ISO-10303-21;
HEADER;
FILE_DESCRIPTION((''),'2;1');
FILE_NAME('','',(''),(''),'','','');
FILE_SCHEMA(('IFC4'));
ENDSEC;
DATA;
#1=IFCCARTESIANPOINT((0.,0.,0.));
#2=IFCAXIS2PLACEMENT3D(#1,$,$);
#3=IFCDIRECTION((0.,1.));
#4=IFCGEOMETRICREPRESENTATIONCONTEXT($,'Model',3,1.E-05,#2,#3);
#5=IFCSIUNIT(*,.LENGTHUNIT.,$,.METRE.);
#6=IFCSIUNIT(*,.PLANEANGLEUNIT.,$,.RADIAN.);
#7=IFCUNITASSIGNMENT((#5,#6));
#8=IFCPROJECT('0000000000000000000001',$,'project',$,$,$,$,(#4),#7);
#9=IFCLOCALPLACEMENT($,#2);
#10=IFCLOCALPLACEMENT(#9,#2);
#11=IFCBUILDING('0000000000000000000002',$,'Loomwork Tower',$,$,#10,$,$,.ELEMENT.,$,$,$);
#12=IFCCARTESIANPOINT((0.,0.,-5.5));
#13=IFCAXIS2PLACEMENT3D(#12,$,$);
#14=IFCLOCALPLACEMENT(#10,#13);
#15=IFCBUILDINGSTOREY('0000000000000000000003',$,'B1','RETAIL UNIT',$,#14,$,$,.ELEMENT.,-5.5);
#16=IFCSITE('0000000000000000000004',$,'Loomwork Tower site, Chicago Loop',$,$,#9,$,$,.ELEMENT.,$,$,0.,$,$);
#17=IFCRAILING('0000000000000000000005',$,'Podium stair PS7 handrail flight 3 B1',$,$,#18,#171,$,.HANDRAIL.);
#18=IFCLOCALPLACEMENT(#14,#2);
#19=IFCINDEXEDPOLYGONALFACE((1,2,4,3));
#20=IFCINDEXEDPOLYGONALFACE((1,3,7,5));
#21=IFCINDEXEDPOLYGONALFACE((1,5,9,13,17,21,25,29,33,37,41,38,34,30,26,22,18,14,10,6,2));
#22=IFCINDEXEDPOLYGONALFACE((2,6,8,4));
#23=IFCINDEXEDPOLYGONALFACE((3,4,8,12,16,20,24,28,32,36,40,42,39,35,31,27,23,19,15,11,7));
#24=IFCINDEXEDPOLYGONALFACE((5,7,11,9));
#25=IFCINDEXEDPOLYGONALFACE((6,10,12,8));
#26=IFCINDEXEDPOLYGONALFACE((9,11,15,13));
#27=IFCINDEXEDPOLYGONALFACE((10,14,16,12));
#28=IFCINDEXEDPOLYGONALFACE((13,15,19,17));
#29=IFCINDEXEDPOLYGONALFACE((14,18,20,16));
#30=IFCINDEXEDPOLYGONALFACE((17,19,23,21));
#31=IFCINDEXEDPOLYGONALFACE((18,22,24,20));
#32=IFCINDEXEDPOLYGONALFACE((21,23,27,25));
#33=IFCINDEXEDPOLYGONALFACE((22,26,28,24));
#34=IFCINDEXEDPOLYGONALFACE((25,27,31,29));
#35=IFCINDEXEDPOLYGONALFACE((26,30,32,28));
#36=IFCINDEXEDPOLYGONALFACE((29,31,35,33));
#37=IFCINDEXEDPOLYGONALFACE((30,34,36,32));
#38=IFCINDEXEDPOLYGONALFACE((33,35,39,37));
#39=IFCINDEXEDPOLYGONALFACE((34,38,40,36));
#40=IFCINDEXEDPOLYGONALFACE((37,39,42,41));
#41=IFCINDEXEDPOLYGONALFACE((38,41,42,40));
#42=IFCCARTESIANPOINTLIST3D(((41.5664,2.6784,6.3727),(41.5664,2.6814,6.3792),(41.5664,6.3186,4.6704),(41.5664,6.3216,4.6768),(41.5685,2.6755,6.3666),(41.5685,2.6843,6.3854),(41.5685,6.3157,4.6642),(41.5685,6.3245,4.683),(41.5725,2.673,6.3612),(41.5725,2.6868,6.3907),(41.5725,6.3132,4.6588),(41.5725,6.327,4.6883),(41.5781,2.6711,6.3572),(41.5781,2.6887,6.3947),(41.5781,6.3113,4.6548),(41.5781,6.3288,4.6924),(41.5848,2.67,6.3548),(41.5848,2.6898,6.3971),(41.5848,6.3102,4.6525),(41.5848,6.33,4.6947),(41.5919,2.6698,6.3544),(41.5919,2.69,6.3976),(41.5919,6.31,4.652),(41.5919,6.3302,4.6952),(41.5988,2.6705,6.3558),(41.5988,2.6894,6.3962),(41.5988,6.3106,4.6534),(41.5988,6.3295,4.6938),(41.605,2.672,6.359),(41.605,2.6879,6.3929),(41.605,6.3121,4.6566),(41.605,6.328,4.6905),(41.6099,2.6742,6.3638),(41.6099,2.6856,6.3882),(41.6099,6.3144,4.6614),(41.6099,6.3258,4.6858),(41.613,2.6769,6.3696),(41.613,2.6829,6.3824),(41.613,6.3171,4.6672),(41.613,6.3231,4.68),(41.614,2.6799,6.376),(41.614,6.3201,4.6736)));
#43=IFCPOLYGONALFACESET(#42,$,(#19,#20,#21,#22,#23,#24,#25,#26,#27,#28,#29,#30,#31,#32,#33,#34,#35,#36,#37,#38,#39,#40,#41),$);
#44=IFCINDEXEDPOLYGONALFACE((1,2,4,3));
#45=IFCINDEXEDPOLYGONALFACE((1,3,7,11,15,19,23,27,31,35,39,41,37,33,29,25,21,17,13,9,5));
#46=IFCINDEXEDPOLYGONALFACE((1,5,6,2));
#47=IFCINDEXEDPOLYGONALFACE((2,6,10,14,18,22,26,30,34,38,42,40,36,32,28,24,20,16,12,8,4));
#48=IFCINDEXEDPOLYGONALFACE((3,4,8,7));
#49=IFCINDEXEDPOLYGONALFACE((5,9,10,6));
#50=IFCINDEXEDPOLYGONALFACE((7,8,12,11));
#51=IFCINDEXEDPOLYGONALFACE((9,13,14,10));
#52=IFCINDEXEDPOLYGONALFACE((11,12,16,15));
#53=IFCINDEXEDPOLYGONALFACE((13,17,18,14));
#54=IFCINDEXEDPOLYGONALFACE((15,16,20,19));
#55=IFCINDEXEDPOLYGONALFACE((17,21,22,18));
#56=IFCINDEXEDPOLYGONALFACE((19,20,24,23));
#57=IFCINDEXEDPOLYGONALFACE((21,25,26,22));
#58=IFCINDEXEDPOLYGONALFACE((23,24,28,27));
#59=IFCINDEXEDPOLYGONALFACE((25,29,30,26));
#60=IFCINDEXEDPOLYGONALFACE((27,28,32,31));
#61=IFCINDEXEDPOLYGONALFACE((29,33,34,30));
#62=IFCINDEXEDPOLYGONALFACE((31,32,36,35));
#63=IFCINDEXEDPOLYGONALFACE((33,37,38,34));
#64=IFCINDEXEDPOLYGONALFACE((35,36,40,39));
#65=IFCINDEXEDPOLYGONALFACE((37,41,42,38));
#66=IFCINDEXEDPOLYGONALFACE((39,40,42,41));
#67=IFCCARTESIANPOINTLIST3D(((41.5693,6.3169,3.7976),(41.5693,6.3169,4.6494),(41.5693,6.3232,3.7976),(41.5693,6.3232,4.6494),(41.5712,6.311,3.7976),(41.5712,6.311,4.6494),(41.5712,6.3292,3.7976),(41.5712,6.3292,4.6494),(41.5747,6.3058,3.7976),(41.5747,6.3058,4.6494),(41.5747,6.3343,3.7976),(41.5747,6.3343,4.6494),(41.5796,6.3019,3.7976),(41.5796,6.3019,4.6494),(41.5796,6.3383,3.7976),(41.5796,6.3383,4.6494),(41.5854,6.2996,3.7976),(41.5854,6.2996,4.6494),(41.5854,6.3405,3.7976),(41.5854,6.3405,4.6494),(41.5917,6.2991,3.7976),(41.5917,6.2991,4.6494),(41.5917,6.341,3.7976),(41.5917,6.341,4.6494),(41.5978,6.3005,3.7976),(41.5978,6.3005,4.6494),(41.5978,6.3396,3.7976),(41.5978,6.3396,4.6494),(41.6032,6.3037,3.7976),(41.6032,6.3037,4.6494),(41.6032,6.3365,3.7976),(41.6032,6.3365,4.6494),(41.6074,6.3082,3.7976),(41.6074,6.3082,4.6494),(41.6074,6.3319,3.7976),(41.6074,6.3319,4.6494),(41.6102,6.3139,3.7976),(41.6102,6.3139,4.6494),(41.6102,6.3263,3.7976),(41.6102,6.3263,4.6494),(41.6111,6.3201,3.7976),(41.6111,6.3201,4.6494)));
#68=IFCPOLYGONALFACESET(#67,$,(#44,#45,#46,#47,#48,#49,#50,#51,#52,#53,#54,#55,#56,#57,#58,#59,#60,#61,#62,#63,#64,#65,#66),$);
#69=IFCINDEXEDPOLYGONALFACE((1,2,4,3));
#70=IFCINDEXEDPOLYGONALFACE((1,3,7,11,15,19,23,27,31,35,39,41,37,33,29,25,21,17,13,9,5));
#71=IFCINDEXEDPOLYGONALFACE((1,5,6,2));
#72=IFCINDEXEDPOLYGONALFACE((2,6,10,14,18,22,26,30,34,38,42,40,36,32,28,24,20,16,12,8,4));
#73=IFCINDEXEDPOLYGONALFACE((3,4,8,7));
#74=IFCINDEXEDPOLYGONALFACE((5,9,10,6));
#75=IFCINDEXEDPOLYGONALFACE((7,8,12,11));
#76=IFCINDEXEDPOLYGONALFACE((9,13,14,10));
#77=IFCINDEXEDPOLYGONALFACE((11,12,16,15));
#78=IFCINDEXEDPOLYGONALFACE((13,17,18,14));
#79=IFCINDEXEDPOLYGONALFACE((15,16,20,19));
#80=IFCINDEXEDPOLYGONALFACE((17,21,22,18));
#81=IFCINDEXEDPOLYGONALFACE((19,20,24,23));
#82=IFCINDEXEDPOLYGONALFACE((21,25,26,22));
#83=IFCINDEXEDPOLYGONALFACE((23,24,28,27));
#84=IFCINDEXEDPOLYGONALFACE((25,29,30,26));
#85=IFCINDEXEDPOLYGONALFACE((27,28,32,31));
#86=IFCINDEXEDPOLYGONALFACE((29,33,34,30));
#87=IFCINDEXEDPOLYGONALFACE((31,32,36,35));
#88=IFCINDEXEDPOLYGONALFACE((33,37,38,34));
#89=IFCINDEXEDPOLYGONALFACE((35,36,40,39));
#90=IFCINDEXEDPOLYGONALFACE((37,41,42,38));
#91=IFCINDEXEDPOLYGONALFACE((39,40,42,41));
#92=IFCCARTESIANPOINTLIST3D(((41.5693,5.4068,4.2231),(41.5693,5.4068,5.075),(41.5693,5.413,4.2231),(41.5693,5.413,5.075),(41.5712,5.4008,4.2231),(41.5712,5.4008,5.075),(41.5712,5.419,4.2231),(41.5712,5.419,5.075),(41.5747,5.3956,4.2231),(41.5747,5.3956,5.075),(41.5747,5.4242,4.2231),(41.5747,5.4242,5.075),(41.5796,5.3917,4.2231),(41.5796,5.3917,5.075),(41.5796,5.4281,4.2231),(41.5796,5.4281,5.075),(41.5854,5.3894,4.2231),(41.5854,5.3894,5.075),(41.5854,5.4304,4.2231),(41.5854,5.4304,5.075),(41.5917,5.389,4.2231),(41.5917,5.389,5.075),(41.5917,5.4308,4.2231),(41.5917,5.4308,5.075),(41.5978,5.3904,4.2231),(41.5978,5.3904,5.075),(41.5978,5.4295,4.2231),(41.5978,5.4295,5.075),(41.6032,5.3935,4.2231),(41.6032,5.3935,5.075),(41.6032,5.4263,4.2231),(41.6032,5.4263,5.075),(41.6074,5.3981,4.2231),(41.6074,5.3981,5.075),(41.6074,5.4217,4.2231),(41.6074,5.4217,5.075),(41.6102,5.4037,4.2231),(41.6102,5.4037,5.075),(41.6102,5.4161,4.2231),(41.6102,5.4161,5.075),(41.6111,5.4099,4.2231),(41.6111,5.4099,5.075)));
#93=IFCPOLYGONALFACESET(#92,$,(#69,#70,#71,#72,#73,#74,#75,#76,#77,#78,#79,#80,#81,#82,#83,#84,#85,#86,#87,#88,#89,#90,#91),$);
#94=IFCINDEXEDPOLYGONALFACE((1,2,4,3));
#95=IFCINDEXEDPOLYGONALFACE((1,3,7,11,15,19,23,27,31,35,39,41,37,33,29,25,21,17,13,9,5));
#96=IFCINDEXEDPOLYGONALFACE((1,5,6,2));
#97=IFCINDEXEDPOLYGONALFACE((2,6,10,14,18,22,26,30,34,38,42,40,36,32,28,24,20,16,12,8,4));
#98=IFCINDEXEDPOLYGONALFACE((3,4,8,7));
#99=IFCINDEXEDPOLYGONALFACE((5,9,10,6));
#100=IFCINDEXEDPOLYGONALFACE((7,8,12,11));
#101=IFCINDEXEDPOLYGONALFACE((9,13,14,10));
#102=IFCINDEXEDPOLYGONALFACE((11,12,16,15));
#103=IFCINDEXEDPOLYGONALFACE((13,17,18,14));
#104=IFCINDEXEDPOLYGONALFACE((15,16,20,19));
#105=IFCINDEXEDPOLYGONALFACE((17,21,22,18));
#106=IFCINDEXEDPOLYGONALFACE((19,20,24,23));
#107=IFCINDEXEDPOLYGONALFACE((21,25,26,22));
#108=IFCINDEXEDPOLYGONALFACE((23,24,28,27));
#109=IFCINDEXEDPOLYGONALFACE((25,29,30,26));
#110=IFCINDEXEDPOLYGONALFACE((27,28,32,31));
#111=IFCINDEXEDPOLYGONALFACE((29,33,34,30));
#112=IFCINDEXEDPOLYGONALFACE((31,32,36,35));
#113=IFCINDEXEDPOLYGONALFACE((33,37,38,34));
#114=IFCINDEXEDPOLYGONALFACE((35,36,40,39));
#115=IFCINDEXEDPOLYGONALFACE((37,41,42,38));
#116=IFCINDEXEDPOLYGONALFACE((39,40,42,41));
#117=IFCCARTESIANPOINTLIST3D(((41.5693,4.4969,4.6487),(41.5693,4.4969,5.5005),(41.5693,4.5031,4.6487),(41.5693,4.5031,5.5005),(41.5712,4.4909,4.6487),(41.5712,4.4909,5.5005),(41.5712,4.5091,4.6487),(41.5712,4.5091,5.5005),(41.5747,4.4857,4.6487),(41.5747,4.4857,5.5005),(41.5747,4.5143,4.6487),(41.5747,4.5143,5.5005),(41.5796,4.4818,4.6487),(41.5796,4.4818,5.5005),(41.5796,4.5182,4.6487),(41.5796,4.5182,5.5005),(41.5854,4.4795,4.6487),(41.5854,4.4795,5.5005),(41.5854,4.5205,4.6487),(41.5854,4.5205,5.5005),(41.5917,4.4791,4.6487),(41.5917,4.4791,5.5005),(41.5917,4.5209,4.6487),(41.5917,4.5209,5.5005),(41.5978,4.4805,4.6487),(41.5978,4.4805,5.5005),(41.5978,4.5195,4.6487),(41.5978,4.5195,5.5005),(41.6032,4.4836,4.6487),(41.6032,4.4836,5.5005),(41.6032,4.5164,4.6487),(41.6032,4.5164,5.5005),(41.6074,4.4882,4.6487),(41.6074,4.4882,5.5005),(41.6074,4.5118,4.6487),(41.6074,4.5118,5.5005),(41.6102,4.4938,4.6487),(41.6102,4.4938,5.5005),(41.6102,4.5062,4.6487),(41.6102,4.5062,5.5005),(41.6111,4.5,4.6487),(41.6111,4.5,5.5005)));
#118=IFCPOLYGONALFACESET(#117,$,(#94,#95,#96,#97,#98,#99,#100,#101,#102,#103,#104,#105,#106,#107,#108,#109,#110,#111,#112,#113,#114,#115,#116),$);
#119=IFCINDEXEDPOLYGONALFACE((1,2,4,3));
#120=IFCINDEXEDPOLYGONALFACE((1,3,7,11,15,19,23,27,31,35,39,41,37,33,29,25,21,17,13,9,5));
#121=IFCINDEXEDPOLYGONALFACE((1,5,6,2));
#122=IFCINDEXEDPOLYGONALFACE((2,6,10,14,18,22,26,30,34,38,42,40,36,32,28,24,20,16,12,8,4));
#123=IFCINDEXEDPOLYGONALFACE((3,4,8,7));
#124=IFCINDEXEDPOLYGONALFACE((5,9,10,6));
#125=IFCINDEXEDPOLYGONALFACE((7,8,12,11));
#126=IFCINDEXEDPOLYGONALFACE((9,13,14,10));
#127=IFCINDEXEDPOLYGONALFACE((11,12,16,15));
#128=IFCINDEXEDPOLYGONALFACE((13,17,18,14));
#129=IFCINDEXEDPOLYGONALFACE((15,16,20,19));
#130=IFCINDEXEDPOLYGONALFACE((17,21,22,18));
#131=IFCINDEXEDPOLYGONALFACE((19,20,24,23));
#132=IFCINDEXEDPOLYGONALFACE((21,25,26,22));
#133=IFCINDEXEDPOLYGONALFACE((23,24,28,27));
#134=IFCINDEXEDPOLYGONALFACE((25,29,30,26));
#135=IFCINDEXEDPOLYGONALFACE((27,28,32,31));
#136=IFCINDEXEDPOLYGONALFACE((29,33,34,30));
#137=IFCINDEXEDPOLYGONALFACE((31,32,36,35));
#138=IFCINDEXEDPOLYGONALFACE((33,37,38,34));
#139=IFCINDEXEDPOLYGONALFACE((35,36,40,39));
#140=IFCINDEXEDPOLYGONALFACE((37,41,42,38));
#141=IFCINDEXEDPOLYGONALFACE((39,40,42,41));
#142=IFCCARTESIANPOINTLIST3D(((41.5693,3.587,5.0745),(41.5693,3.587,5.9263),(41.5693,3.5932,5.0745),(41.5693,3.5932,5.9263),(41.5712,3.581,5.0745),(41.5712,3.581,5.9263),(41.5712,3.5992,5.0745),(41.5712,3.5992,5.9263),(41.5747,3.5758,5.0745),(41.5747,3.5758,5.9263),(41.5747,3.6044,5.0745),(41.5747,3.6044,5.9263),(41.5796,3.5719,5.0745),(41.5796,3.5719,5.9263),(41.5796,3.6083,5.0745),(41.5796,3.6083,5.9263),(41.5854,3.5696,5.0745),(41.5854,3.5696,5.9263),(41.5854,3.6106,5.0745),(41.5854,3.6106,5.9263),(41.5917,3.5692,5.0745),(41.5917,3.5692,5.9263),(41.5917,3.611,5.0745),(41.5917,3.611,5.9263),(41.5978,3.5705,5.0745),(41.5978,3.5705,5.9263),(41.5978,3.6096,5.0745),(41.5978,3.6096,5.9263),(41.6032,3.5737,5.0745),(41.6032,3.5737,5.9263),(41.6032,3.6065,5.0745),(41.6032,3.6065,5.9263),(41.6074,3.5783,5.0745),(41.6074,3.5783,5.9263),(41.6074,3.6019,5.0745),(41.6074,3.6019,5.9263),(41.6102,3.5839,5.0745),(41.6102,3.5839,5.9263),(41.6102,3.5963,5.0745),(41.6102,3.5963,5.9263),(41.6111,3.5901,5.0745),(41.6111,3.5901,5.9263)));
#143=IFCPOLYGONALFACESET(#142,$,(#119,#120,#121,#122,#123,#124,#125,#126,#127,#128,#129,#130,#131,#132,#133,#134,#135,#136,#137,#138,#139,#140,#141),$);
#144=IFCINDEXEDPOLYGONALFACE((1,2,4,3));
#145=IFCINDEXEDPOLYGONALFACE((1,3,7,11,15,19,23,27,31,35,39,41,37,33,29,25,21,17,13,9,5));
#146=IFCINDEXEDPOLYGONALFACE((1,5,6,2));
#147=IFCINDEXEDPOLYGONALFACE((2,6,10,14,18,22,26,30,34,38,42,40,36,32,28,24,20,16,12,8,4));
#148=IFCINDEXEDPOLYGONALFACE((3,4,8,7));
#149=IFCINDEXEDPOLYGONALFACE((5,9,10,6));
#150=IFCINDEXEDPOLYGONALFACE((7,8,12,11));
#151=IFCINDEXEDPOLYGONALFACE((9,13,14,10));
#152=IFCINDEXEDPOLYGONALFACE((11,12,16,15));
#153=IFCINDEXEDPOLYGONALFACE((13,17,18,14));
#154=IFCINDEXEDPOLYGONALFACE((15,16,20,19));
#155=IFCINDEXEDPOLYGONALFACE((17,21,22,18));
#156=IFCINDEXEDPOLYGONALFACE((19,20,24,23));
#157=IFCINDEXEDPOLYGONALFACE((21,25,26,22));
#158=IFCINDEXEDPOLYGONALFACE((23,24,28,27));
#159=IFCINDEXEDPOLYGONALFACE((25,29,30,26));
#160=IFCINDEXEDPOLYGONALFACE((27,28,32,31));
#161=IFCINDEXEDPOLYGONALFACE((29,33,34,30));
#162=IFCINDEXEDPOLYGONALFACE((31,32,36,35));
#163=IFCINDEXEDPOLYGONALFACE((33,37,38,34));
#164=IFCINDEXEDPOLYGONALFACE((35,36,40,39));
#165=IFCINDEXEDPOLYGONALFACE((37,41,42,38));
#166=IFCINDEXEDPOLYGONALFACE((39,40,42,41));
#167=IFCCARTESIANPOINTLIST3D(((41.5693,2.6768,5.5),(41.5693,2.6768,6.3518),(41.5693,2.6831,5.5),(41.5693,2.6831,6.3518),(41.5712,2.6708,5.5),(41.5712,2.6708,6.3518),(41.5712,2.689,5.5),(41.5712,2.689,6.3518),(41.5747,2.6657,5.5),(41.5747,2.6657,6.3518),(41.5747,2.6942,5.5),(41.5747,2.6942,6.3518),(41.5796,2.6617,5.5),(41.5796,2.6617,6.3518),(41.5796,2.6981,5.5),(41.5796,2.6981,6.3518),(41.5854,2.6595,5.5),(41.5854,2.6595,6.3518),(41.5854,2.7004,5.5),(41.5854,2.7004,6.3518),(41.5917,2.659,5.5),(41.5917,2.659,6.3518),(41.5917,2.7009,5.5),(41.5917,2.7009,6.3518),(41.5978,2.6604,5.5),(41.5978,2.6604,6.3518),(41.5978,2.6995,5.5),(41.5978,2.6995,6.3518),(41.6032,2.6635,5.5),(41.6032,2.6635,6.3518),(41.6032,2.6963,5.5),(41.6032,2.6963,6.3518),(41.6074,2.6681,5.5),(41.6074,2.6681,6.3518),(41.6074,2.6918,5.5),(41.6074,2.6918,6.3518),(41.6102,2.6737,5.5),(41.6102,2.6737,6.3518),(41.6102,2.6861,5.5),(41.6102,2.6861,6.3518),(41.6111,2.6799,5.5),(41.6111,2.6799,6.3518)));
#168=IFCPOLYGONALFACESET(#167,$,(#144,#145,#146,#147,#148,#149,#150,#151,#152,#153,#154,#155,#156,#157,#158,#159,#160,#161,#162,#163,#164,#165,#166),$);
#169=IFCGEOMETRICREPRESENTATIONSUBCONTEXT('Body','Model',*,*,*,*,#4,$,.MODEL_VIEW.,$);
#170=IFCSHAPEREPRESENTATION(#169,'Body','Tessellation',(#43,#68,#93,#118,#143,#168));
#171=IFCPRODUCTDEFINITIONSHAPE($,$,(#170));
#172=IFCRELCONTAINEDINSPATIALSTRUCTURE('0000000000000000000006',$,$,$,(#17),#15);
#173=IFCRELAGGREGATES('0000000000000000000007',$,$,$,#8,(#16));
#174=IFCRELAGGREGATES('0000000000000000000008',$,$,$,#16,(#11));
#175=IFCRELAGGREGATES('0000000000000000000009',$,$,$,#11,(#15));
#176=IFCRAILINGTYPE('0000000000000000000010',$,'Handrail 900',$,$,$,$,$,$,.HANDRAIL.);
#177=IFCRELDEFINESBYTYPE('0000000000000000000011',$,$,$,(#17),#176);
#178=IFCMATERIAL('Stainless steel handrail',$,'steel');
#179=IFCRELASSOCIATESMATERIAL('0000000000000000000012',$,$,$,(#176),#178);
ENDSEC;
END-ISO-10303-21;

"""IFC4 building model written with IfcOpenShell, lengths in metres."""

from ifc_helpers import new_model, si_unit, direction, frame, origin, origin_2d, place, context, subcontext, project, spatial, circle, extrude, material, type_object, element, save


model = new_model("IFC4")

# Units and contexts
model_context = context("Model", 3, precision=1e-05, world=origin(), true_north=direction((0.0, 1.0)))
body_context = subcontext(model_context, "Body", "Model", "MODEL_VIEW")
ifc_project = project(units=[si_unit("LENGTHUNIT", "METRE"), si_unit("PLANEANGLEUNIT", "RADIAN")], contexts=[model_context])

# Site, building, storey
site_placement = place(None, origin())
site = spatial("IfcSite", under=ifc_project, at=site_placement, Name="Loomwork Tower site, Chicago Loop", CompositionType="ELEMENT", RefElevation=0.0)
building_placement = place(site_placement, origin())
building = spatial("IfcBuilding", under=site, at=building_placement, Name="Loomwork Tower", CompositionType="ELEMENT")
storey_placement = place(building_placement, frame((0.0, 0.0, -5.5)))
storey = spatial("IfcBuildingStorey", under=building, at=storey_placement, Name="B1", Description="RETAIL UNIT", CompositionType="ELEMENT", Elevation=-5.5)

# Railing
ifc_material_1 = material(Name="Stainless steel handrail", Category="steel")
railing_type = type_object("IfcRailingType", Name="Handrail 900", PredefinedType="HANDRAIL", material=ifc_material_1)
railing_1_placement = place(storey_placement, frame((41.5901, 6.3201, 3.7976)))
element("IfcRailing", 1, at=railing_1_placement, inside=storey, type_object=railing_type, Name="Podium stair PS7 handrail flight 3 B1", PredefinedType="HANDRAIL", context=body_context, shape_type="SweptSolid", body=[
    extrude(circle(Radius=0.0239, at=origin_2d()), frame((0.0, 0.0, 0.876), z_axis=(0.0, -0.905834, 0.423634), x_axis=(1.0, 0.0, 0.0)), (0.0, 0.0, 1.0), 4.0186),
    extrude(circle(Radius=0.021, at=origin_2d()), origin(), (0.0, 0.0, 1.0), 0.8518),
    extrude(circle(Radius=0.021, at=origin_2d()), frame((0.0, -0.9102, 0.4255)), (0.0, 0.0, 1.0), 0.8518),
    extrude(circle(Radius=0.021, at=origin_2d()), frame((0.0, -1.8201, 0.8511)), (0.0, 0.0, 1.0), 0.8518),
    extrude(circle(Radius=0.021, at=origin_2d()), frame((0.0, -2.73, 1.2769)), (0.0, 0.0, 1.0), 0.8518),
    extrude(circle(Radius=0.021, at=origin_2d()), frame((0.0, -3.6401, 1.7024)), (0.0, 0.0, 1.0), 0.8518),
])

save(model, "model.ifc")
